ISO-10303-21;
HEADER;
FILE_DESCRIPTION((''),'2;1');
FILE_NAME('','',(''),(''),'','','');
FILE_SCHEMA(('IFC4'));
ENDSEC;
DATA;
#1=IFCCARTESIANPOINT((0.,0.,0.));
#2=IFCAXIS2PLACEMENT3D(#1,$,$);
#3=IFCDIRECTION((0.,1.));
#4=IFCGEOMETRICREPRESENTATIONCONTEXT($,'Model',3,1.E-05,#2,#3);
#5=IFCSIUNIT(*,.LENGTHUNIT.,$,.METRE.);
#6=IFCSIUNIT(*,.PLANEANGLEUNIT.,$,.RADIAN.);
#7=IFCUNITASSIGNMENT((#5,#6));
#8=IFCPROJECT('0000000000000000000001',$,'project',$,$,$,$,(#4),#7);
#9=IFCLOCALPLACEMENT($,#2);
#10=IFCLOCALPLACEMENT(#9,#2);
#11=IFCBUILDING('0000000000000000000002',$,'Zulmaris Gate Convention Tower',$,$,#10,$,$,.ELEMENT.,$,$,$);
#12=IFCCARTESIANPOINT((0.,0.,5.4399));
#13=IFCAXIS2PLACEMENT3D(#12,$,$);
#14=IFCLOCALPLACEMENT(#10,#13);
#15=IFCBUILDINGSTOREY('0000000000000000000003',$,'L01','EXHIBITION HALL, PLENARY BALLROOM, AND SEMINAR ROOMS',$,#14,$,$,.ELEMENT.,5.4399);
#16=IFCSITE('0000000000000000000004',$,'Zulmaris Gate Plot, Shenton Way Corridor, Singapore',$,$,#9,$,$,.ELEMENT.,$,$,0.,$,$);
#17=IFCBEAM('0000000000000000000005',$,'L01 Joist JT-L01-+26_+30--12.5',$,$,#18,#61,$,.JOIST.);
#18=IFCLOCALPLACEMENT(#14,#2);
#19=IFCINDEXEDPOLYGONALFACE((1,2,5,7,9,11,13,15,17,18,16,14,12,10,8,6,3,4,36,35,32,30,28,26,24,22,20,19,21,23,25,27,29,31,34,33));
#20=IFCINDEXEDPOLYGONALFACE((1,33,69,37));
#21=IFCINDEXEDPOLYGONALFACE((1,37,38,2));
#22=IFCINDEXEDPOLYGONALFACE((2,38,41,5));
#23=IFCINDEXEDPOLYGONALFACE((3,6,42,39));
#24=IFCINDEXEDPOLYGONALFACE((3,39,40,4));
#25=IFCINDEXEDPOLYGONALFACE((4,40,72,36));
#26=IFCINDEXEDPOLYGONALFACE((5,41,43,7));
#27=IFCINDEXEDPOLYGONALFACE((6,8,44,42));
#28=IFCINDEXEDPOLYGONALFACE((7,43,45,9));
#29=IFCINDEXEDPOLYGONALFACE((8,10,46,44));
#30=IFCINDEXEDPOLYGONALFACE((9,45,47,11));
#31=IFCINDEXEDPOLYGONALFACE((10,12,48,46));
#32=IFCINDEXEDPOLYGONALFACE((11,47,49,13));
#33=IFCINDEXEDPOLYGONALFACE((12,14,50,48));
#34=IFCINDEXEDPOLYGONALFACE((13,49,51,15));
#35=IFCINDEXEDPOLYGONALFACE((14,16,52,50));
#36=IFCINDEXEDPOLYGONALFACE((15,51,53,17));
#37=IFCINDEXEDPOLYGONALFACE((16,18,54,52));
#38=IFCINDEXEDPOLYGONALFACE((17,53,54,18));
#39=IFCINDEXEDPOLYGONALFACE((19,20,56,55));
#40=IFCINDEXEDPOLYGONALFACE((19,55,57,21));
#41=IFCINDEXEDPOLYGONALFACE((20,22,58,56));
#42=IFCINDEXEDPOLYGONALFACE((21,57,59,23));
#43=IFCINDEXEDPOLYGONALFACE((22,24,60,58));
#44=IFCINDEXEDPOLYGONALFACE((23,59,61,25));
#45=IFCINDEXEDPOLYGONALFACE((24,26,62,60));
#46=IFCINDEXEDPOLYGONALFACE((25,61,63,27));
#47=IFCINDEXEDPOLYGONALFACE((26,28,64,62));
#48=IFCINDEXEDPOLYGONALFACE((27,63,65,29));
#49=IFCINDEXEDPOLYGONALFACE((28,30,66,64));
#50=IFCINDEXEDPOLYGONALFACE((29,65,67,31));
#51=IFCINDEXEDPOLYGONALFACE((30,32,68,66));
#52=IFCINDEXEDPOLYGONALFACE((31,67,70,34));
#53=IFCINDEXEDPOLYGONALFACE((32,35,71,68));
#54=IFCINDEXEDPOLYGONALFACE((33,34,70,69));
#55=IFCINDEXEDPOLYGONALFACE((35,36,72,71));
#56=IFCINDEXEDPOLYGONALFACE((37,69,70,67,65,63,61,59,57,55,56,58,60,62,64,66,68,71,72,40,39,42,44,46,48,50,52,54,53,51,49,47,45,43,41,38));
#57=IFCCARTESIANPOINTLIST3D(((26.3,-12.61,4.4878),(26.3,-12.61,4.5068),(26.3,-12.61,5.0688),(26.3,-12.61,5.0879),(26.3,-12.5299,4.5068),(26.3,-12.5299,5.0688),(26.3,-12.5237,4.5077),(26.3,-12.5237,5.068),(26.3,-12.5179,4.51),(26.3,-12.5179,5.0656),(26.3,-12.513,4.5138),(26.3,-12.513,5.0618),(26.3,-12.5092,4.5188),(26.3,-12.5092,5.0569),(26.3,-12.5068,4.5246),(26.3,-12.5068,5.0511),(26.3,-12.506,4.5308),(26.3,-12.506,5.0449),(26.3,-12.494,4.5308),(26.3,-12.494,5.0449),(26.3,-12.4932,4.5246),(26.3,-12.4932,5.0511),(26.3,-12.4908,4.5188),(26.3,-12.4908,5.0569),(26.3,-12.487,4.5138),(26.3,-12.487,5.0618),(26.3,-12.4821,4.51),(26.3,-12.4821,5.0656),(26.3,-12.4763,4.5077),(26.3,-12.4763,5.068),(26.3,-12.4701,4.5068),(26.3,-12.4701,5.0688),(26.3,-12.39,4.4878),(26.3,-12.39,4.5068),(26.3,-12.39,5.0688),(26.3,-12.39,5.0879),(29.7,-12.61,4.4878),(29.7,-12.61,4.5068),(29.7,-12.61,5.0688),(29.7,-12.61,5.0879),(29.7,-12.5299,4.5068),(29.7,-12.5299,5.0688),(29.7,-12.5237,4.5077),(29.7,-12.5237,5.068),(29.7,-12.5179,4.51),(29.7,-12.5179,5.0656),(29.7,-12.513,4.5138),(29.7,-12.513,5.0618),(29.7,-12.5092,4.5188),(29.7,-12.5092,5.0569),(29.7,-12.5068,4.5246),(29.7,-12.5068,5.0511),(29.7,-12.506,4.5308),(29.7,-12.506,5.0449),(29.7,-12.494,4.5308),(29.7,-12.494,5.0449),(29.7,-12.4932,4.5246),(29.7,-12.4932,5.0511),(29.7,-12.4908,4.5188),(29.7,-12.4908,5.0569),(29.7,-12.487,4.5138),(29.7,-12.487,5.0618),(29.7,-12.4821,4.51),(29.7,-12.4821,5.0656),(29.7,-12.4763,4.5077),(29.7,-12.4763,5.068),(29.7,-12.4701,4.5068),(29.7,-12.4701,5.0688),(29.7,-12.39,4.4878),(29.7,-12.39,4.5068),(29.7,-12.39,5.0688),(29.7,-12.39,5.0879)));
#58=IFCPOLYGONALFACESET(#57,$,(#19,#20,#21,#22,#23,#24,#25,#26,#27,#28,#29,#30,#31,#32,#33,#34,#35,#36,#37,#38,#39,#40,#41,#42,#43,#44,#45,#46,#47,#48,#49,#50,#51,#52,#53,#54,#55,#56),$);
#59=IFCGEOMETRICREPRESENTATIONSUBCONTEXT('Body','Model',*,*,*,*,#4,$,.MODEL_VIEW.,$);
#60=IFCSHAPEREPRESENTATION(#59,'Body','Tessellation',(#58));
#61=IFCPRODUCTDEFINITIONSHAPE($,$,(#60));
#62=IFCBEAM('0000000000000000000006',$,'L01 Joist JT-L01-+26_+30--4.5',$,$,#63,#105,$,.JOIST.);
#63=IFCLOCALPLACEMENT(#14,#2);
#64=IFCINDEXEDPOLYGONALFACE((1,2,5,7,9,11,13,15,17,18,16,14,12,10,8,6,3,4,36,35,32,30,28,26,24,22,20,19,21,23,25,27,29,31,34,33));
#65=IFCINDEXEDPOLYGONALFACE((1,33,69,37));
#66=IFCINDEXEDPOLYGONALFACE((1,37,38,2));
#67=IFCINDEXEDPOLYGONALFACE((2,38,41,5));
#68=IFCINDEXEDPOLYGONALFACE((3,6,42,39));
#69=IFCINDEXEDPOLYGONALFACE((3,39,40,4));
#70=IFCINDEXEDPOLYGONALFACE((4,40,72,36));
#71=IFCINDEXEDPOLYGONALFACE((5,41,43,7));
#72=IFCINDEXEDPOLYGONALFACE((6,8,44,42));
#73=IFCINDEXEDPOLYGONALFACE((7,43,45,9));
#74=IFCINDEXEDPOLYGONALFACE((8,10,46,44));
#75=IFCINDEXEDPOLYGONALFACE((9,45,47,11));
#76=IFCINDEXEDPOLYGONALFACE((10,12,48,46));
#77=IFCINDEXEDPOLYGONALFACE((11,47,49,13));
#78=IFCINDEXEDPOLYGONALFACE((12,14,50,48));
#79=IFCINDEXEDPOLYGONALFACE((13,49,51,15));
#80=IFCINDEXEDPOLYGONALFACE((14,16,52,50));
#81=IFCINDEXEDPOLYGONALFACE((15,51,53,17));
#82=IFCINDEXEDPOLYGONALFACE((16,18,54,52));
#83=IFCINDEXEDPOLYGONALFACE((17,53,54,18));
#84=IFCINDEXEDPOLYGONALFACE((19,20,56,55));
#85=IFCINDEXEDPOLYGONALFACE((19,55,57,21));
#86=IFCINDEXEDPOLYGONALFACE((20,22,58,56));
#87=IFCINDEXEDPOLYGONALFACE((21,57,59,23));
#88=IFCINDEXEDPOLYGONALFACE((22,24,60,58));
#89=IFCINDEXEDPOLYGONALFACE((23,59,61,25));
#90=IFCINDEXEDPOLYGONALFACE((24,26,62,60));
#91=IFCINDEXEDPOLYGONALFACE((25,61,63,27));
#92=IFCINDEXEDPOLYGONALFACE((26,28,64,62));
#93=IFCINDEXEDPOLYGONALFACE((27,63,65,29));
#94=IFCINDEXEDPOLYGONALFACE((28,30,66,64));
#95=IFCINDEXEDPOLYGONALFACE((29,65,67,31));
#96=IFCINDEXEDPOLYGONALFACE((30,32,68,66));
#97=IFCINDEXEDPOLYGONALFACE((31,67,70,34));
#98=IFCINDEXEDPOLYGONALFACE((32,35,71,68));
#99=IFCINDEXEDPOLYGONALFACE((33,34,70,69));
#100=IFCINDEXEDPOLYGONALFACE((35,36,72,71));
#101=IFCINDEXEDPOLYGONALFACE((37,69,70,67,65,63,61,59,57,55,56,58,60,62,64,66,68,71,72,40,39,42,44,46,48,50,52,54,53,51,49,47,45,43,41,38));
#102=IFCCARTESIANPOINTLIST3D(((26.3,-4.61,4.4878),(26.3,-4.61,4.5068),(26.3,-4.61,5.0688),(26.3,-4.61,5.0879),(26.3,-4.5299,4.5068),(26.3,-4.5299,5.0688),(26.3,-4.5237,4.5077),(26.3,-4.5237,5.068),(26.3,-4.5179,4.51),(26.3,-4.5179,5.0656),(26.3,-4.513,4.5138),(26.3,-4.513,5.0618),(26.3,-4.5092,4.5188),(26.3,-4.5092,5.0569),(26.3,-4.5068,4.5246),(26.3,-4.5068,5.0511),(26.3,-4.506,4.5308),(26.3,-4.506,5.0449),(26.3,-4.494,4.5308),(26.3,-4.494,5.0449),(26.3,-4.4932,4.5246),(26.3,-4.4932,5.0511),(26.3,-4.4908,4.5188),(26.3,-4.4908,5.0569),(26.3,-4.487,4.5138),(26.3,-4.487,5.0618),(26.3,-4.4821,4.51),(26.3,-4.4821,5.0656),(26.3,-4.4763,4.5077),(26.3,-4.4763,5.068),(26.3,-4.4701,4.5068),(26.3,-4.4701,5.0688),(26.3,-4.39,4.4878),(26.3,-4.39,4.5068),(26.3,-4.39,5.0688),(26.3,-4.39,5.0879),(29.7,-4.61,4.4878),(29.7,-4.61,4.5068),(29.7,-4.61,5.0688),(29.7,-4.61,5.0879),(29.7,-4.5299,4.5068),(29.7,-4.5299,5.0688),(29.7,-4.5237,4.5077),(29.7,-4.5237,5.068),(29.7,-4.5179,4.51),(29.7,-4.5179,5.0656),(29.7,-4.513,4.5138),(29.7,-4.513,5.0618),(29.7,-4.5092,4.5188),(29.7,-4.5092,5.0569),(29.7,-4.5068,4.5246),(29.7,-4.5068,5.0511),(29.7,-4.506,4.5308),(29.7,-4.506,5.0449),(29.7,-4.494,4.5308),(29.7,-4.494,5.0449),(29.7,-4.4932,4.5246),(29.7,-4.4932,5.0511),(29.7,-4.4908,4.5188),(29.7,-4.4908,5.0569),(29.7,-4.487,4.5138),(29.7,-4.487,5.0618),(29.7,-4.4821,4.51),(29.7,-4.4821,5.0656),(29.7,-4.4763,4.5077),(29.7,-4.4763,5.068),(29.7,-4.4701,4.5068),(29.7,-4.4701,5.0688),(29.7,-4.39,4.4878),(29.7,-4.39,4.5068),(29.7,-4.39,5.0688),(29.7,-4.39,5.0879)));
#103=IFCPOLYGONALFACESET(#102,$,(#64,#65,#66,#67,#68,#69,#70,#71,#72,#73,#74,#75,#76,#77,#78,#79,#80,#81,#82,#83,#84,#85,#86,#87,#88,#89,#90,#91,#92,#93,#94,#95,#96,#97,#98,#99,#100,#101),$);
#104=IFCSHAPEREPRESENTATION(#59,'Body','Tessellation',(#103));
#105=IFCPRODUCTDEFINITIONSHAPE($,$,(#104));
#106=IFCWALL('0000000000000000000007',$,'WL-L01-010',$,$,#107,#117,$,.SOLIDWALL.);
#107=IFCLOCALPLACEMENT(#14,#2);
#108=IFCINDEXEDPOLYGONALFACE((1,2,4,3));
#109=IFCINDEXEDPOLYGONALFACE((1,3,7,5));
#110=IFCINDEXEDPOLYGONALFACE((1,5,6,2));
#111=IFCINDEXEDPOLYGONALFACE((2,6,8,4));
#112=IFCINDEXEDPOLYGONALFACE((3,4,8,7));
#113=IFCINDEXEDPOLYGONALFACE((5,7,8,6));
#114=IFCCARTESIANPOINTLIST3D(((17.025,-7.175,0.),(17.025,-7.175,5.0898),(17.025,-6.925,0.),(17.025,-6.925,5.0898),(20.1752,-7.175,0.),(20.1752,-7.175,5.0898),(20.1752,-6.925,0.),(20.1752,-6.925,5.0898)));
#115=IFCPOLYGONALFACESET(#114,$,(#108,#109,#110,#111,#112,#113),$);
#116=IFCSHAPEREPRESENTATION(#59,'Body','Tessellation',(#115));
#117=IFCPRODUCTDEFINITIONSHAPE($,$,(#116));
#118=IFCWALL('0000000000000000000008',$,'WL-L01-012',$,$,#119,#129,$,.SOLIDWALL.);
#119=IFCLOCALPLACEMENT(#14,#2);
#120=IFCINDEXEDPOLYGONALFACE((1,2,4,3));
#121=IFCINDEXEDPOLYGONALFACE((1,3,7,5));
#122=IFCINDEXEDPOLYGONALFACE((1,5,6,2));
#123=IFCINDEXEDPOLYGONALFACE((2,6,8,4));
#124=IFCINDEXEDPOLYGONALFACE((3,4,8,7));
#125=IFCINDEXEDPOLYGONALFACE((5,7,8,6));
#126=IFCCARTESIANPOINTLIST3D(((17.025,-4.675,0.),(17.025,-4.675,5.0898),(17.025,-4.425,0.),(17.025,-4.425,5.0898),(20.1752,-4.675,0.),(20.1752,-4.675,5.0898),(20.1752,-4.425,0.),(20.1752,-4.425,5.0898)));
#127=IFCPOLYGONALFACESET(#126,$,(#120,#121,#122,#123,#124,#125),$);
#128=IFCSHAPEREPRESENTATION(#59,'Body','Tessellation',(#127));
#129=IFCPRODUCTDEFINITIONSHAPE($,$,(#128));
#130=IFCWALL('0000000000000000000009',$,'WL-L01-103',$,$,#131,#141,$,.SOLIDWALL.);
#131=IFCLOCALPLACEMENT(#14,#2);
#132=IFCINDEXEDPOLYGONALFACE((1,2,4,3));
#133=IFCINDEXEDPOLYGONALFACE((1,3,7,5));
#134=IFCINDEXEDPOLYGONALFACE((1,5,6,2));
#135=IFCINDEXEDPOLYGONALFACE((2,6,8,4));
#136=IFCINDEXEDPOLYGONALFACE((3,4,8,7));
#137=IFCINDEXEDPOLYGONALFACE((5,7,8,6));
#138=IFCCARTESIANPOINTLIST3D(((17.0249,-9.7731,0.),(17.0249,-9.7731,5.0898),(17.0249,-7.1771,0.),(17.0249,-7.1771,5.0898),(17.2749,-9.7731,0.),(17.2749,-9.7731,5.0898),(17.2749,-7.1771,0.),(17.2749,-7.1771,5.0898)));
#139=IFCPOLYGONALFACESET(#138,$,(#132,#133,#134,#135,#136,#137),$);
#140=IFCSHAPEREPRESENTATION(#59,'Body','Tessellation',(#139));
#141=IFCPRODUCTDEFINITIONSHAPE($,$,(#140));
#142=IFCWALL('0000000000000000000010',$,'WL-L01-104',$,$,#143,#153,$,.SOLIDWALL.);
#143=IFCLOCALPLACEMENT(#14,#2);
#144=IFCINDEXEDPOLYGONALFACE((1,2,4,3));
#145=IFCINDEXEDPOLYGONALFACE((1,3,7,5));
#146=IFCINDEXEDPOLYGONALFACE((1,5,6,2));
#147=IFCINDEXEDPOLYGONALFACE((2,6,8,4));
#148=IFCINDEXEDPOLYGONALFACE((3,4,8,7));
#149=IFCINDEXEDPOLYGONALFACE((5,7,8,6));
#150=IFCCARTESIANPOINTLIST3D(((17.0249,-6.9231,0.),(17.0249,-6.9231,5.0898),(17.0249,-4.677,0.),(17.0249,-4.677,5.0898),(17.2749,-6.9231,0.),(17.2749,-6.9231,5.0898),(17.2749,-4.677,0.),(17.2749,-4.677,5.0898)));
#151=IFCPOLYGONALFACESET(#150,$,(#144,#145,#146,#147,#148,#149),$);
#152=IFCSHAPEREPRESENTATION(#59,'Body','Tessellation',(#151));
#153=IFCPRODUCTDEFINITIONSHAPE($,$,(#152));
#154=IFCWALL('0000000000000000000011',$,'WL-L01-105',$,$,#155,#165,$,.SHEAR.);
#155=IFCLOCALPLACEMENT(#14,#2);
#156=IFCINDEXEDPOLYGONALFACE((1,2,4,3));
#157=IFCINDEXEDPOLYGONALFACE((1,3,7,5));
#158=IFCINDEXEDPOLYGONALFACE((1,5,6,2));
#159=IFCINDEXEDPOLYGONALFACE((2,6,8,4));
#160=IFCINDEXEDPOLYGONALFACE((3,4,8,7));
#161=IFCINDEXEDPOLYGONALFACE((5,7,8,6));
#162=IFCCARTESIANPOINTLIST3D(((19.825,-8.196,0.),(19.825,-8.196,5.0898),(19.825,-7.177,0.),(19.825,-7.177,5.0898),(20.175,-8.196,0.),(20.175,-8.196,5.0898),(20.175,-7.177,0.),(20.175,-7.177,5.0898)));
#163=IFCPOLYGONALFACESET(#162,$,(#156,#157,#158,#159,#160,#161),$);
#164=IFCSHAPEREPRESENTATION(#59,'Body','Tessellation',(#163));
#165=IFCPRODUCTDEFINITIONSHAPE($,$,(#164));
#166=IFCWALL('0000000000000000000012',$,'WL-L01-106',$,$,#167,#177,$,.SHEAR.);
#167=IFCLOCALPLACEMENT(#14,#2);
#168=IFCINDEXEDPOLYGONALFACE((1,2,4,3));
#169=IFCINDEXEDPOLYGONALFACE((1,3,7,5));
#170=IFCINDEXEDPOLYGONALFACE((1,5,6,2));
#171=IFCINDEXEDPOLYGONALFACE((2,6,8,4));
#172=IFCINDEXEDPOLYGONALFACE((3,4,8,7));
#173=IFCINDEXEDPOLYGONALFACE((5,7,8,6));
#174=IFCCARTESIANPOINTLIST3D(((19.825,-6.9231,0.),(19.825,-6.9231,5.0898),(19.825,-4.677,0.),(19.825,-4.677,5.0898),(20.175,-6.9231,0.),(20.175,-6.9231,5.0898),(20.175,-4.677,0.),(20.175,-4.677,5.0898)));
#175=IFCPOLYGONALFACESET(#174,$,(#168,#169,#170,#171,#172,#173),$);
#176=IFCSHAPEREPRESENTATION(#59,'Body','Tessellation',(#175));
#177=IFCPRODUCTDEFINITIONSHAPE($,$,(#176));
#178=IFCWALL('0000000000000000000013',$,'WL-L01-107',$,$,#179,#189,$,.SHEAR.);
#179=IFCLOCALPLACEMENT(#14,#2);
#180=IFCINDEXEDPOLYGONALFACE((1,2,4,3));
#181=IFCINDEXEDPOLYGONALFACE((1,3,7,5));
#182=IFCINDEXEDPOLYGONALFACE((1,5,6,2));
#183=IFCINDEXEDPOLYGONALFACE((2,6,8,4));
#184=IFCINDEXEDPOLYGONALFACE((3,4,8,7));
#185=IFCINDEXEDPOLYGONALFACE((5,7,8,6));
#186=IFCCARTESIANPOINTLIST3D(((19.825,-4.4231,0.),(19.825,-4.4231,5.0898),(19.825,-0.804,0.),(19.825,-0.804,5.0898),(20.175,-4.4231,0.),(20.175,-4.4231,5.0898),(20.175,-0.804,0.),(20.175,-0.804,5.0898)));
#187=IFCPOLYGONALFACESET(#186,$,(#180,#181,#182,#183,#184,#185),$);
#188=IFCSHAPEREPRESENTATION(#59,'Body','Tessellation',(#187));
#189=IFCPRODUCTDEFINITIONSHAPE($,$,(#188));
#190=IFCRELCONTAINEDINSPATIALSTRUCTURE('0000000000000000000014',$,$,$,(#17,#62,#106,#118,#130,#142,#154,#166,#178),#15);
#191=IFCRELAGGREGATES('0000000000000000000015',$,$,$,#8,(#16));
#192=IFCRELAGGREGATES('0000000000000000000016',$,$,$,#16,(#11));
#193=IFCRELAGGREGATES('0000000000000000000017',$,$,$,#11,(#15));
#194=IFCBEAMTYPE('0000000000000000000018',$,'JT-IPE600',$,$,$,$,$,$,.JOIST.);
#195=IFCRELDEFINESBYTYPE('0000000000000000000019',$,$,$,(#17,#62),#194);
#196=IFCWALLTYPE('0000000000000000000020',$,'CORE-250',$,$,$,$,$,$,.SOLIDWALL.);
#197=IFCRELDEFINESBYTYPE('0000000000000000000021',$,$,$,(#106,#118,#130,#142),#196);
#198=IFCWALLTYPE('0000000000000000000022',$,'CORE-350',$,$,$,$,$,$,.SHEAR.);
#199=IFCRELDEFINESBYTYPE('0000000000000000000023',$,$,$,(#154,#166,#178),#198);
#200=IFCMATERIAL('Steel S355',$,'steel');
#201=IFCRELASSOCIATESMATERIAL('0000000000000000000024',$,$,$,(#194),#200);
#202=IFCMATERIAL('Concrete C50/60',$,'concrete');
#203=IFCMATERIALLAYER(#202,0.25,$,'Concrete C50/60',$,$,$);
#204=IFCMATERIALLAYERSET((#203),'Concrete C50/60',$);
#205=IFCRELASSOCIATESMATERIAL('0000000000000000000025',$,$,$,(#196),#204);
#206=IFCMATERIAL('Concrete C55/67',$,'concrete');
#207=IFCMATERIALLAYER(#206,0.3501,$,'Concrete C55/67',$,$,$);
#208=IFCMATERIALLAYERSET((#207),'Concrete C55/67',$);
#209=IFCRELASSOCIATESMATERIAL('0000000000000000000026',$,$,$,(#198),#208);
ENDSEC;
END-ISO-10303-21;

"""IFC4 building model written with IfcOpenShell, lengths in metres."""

from ifc_helpers import new_model, si_unit, direction, frame, frame_2d, origin, origin_2d, place, context, subcontext, project, spatial, rectangle, i_section, extrude, material, layer, layer_set, material_profile, profile_set, type_object, element, save


model = new_model("IFC4")

# Units and contexts
model_context = context("Model", 3, precision=1e-05, world=origin(), true_north=direction((0.0, 1.0)))
body_context = subcontext(model_context, "Body", "Model", "MODEL_VIEW")
ifc_project = project(units=[si_unit("LENGTHUNIT", "METRE"), si_unit("PLANEANGLEUNIT", "RADIAN")], contexts=[model_context])

# Site, building, storey
site_placement = place(None, origin())
site = spatial("IfcSite", under=ifc_project, at=site_placement, Name="Zulmaris Gate Plot, Shenton Way Corridor, Singapore", CompositionType="ELEMENT", RefElevation=0.0)
building_placement = place(site_placement, origin())
building = spatial("IfcBuilding", under=site, at=building_placement, Name="Zulmaris Gate Convention Tower", CompositionType="ELEMENT")
storey_placement = place(building_placement, frame((0.0, 0.0, 5.4399)))
storey = spatial("IfcBuildingStorey", under=building, at=storey_placement, Name="L01", Description="EXHIBITION HALL, PLENARY BALLROOM, AND SEMINAR ROOMS", CompositionType="ELEMENT", Elevation=5.4399)

# Beams
ifc_material_1 = material(Name="Steel S355", Category="steel")
ifc_material_profile_1 = material_profile(ifc_material_1, i_section(OverallWidth=0.22, OverallDepth=0.6001, WebThickness=0.012, FlangeThickness=0.019, FilletRadius=0.0239, at=origin_2d()), Name="IPE 600")
ifc_profile_set_1 = profile_set([ifc_material_profile_1], Name="Steel S355")
beam_type_1 = type_object("IfcBeamType", Name="JT-IPE600", PredefinedType="JOIST", material=ifc_profile_set_1)
for number, where, z_axis, x_axis, name in (
    (1, (26.3, -12.5, 4.7878), (1.0, 0.0, 0.0), (0.0, 1.0, 0.0), "L01 Joist JT-L01-+26_+30--12.5"),
    (2, (26.3, -4.5, 4.7878), (1.0, 0.0, 0.0), (0.0, 1.0, 0.0), "L01 Joist JT-L01-+26_+30--4.5"),
):
    element("IfcBeam", number, at=place(storey_placement, frame(where, z_axis=z_axis, x_axis=x_axis)), inside=storey, type_object=beam_type_1, Name=name, PredefinedType="JOIST", context=body_context, shape_type="SweptSolid", body=[
        extrude(i_section(OverallWidth=0.22, OverallDepth=0.6001, WebThickness=0.012, FlangeThickness=0.019, FilletRadius=0.0239, at=origin_2d()), origin(), (0.0, 0.0, 1.0), 3.3999),
    ])

# Walls
ifc_material_2 = material(Name="Concrete C50/60", Category="concrete")
ifc_layer_1 = layer(ifc_material_2, 0.25, Name="Concrete C50/60")
ifc_layer_set_1 = layer_set([ifc_layer_1], Name="Concrete C50/60")
wall_type_1 = type_object("IfcWallType", Name="CORE-250", PredefinedType="SOLIDWALL", material=ifc_layer_set_1)
for number, where, z_axis, x_axis, name in (
    (3, (17.0249, -7.05, 0.0), (0.0, 0.0, 1.0), (1.0, 0.0, 0.0), "WL-L01-010"),
    (4, (17.0249, -4.55, 0.0), (0.0, 0.0, 1.0), (1.0, 0.0, 0.0), "WL-L01-012"),
):
    element("IfcWall", number, at=place(storey_placement, frame(where, z_axis=z_axis, x_axis=x_axis)), inside=storey, type_object=wall_type_1, Name=name, PredefinedType="SOLIDWALL", context=body_context, shape_type="SweptSolid", body=[
        extrude(rectangle(XDim=3.1501, YDim=0.25, at=frame_2d((1.5752, 0.0))), origin(), (0.0, 0.0, 1.0), 5.0898),
    ])
wall_1_placement = place(storey_placement, frame((17.1499, -9.7729, 0.0), z_axis=(0.0, 0.0, 1.0), x_axis=(0.0, 1.0, 0.0)))
element("IfcWall", 5, at=wall_1_placement, inside=storey, type_object=wall_type_1, Name="WL-L01-103", PredefinedType="SOLIDWALL", context=body_context, shape_type="SweptSolid", body=[
    extrude(rectangle(XDim=2.5959, YDim=0.25, at=frame_2d((1.2979, 0.0))), origin(), (0.0, 0.0, 1.0), 5.0898),
])
wall_2_placement = place(storey_placement, frame((17.1499, -6.9231, 0.0), z_axis=(0.0, 0.0, 1.0), x_axis=(0.0, 1.0, 0.0)))
element("IfcWall", 6, at=wall_2_placement, inside=storey, type_object=wall_type_1, Name="WL-L01-104", PredefinedType="SOLIDWALL", context=body_context, shape_type="SweptSolid", body=[
    extrude(rectangle(XDim=2.2461, YDim=0.25, at=frame_2d((1.123, 0.0))), origin(), (0.0, 0.0, 1.0), 5.0898),
])
ifc_material_3 = material(Name="Concrete C55/67", Category="concrete")
ifc_layer_2 = layer(ifc_material_3, 0.3501, Name="Concrete C55/67")
ifc_layer_set_2 = layer_set([ifc_layer_2], Name="Concrete C55/67")
wall_type_2 = type_object("IfcWallType", Name="CORE-350", PredefinedType="SHEAR", material=ifc_layer_set_2)
wall_3_placement = place(storey_placement, frame((20.0, -8.196, 0.0), z_axis=(0.0, 0.0, 1.0), x_axis=(0.0, 1.0, 0.0)))
element("IfcWall", 7, at=wall_3_placement, inside=storey, type_object=wall_type_2, Name="WL-L01-105", PredefinedType="SHEAR", context=body_context, shape_type="SweptSolid", body=[
    extrude(rectangle(XDim=1.019, YDim=0.3501, at=frame_2d((0.5095, 0.0))), origin(), (0.0, 0.0, 1.0), 5.0898),
])
wall_4_placement = place(storey_placement, frame((20.0, -6.9231, 0.0), z_axis=(0.0, 0.0, 1.0), x_axis=(0.0, 1.0, 0.0)))
element("IfcWall", 8, at=wall_4_placement, inside=storey, type_object=wall_type_2, Name="WL-L01-106", PredefinedType="SHEAR", context=body_context, shape_type="SweptSolid", body=[
    extrude(rectangle(XDim=2.2461, YDim=0.3501, at=frame_2d((1.123, 0.0))), origin(), (0.0, 0.0, 1.0), 5.0898),
])
wall_5_placement = place(storey_placement, frame((20.0, -4.4231, 0.0), z_axis=(0.0, 0.0, 1.0), x_axis=(0.0, 1.0, 0.0)))
element("IfcWall", 9, at=wall_5_placement, inside=storey, type_object=wall_type_2, Name="WL-L01-107", PredefinedType="SHEAR", context=body_context, shape_type="SweptSolid", body=[
    extrude(rectangle(XDim=3.6191, YDim=0.3501, at=frame_2d((1.8096, 0.0))), origin(), (0.0, 0.0, 1.0), 5.0898),
])

save(model, "model.ifc")
